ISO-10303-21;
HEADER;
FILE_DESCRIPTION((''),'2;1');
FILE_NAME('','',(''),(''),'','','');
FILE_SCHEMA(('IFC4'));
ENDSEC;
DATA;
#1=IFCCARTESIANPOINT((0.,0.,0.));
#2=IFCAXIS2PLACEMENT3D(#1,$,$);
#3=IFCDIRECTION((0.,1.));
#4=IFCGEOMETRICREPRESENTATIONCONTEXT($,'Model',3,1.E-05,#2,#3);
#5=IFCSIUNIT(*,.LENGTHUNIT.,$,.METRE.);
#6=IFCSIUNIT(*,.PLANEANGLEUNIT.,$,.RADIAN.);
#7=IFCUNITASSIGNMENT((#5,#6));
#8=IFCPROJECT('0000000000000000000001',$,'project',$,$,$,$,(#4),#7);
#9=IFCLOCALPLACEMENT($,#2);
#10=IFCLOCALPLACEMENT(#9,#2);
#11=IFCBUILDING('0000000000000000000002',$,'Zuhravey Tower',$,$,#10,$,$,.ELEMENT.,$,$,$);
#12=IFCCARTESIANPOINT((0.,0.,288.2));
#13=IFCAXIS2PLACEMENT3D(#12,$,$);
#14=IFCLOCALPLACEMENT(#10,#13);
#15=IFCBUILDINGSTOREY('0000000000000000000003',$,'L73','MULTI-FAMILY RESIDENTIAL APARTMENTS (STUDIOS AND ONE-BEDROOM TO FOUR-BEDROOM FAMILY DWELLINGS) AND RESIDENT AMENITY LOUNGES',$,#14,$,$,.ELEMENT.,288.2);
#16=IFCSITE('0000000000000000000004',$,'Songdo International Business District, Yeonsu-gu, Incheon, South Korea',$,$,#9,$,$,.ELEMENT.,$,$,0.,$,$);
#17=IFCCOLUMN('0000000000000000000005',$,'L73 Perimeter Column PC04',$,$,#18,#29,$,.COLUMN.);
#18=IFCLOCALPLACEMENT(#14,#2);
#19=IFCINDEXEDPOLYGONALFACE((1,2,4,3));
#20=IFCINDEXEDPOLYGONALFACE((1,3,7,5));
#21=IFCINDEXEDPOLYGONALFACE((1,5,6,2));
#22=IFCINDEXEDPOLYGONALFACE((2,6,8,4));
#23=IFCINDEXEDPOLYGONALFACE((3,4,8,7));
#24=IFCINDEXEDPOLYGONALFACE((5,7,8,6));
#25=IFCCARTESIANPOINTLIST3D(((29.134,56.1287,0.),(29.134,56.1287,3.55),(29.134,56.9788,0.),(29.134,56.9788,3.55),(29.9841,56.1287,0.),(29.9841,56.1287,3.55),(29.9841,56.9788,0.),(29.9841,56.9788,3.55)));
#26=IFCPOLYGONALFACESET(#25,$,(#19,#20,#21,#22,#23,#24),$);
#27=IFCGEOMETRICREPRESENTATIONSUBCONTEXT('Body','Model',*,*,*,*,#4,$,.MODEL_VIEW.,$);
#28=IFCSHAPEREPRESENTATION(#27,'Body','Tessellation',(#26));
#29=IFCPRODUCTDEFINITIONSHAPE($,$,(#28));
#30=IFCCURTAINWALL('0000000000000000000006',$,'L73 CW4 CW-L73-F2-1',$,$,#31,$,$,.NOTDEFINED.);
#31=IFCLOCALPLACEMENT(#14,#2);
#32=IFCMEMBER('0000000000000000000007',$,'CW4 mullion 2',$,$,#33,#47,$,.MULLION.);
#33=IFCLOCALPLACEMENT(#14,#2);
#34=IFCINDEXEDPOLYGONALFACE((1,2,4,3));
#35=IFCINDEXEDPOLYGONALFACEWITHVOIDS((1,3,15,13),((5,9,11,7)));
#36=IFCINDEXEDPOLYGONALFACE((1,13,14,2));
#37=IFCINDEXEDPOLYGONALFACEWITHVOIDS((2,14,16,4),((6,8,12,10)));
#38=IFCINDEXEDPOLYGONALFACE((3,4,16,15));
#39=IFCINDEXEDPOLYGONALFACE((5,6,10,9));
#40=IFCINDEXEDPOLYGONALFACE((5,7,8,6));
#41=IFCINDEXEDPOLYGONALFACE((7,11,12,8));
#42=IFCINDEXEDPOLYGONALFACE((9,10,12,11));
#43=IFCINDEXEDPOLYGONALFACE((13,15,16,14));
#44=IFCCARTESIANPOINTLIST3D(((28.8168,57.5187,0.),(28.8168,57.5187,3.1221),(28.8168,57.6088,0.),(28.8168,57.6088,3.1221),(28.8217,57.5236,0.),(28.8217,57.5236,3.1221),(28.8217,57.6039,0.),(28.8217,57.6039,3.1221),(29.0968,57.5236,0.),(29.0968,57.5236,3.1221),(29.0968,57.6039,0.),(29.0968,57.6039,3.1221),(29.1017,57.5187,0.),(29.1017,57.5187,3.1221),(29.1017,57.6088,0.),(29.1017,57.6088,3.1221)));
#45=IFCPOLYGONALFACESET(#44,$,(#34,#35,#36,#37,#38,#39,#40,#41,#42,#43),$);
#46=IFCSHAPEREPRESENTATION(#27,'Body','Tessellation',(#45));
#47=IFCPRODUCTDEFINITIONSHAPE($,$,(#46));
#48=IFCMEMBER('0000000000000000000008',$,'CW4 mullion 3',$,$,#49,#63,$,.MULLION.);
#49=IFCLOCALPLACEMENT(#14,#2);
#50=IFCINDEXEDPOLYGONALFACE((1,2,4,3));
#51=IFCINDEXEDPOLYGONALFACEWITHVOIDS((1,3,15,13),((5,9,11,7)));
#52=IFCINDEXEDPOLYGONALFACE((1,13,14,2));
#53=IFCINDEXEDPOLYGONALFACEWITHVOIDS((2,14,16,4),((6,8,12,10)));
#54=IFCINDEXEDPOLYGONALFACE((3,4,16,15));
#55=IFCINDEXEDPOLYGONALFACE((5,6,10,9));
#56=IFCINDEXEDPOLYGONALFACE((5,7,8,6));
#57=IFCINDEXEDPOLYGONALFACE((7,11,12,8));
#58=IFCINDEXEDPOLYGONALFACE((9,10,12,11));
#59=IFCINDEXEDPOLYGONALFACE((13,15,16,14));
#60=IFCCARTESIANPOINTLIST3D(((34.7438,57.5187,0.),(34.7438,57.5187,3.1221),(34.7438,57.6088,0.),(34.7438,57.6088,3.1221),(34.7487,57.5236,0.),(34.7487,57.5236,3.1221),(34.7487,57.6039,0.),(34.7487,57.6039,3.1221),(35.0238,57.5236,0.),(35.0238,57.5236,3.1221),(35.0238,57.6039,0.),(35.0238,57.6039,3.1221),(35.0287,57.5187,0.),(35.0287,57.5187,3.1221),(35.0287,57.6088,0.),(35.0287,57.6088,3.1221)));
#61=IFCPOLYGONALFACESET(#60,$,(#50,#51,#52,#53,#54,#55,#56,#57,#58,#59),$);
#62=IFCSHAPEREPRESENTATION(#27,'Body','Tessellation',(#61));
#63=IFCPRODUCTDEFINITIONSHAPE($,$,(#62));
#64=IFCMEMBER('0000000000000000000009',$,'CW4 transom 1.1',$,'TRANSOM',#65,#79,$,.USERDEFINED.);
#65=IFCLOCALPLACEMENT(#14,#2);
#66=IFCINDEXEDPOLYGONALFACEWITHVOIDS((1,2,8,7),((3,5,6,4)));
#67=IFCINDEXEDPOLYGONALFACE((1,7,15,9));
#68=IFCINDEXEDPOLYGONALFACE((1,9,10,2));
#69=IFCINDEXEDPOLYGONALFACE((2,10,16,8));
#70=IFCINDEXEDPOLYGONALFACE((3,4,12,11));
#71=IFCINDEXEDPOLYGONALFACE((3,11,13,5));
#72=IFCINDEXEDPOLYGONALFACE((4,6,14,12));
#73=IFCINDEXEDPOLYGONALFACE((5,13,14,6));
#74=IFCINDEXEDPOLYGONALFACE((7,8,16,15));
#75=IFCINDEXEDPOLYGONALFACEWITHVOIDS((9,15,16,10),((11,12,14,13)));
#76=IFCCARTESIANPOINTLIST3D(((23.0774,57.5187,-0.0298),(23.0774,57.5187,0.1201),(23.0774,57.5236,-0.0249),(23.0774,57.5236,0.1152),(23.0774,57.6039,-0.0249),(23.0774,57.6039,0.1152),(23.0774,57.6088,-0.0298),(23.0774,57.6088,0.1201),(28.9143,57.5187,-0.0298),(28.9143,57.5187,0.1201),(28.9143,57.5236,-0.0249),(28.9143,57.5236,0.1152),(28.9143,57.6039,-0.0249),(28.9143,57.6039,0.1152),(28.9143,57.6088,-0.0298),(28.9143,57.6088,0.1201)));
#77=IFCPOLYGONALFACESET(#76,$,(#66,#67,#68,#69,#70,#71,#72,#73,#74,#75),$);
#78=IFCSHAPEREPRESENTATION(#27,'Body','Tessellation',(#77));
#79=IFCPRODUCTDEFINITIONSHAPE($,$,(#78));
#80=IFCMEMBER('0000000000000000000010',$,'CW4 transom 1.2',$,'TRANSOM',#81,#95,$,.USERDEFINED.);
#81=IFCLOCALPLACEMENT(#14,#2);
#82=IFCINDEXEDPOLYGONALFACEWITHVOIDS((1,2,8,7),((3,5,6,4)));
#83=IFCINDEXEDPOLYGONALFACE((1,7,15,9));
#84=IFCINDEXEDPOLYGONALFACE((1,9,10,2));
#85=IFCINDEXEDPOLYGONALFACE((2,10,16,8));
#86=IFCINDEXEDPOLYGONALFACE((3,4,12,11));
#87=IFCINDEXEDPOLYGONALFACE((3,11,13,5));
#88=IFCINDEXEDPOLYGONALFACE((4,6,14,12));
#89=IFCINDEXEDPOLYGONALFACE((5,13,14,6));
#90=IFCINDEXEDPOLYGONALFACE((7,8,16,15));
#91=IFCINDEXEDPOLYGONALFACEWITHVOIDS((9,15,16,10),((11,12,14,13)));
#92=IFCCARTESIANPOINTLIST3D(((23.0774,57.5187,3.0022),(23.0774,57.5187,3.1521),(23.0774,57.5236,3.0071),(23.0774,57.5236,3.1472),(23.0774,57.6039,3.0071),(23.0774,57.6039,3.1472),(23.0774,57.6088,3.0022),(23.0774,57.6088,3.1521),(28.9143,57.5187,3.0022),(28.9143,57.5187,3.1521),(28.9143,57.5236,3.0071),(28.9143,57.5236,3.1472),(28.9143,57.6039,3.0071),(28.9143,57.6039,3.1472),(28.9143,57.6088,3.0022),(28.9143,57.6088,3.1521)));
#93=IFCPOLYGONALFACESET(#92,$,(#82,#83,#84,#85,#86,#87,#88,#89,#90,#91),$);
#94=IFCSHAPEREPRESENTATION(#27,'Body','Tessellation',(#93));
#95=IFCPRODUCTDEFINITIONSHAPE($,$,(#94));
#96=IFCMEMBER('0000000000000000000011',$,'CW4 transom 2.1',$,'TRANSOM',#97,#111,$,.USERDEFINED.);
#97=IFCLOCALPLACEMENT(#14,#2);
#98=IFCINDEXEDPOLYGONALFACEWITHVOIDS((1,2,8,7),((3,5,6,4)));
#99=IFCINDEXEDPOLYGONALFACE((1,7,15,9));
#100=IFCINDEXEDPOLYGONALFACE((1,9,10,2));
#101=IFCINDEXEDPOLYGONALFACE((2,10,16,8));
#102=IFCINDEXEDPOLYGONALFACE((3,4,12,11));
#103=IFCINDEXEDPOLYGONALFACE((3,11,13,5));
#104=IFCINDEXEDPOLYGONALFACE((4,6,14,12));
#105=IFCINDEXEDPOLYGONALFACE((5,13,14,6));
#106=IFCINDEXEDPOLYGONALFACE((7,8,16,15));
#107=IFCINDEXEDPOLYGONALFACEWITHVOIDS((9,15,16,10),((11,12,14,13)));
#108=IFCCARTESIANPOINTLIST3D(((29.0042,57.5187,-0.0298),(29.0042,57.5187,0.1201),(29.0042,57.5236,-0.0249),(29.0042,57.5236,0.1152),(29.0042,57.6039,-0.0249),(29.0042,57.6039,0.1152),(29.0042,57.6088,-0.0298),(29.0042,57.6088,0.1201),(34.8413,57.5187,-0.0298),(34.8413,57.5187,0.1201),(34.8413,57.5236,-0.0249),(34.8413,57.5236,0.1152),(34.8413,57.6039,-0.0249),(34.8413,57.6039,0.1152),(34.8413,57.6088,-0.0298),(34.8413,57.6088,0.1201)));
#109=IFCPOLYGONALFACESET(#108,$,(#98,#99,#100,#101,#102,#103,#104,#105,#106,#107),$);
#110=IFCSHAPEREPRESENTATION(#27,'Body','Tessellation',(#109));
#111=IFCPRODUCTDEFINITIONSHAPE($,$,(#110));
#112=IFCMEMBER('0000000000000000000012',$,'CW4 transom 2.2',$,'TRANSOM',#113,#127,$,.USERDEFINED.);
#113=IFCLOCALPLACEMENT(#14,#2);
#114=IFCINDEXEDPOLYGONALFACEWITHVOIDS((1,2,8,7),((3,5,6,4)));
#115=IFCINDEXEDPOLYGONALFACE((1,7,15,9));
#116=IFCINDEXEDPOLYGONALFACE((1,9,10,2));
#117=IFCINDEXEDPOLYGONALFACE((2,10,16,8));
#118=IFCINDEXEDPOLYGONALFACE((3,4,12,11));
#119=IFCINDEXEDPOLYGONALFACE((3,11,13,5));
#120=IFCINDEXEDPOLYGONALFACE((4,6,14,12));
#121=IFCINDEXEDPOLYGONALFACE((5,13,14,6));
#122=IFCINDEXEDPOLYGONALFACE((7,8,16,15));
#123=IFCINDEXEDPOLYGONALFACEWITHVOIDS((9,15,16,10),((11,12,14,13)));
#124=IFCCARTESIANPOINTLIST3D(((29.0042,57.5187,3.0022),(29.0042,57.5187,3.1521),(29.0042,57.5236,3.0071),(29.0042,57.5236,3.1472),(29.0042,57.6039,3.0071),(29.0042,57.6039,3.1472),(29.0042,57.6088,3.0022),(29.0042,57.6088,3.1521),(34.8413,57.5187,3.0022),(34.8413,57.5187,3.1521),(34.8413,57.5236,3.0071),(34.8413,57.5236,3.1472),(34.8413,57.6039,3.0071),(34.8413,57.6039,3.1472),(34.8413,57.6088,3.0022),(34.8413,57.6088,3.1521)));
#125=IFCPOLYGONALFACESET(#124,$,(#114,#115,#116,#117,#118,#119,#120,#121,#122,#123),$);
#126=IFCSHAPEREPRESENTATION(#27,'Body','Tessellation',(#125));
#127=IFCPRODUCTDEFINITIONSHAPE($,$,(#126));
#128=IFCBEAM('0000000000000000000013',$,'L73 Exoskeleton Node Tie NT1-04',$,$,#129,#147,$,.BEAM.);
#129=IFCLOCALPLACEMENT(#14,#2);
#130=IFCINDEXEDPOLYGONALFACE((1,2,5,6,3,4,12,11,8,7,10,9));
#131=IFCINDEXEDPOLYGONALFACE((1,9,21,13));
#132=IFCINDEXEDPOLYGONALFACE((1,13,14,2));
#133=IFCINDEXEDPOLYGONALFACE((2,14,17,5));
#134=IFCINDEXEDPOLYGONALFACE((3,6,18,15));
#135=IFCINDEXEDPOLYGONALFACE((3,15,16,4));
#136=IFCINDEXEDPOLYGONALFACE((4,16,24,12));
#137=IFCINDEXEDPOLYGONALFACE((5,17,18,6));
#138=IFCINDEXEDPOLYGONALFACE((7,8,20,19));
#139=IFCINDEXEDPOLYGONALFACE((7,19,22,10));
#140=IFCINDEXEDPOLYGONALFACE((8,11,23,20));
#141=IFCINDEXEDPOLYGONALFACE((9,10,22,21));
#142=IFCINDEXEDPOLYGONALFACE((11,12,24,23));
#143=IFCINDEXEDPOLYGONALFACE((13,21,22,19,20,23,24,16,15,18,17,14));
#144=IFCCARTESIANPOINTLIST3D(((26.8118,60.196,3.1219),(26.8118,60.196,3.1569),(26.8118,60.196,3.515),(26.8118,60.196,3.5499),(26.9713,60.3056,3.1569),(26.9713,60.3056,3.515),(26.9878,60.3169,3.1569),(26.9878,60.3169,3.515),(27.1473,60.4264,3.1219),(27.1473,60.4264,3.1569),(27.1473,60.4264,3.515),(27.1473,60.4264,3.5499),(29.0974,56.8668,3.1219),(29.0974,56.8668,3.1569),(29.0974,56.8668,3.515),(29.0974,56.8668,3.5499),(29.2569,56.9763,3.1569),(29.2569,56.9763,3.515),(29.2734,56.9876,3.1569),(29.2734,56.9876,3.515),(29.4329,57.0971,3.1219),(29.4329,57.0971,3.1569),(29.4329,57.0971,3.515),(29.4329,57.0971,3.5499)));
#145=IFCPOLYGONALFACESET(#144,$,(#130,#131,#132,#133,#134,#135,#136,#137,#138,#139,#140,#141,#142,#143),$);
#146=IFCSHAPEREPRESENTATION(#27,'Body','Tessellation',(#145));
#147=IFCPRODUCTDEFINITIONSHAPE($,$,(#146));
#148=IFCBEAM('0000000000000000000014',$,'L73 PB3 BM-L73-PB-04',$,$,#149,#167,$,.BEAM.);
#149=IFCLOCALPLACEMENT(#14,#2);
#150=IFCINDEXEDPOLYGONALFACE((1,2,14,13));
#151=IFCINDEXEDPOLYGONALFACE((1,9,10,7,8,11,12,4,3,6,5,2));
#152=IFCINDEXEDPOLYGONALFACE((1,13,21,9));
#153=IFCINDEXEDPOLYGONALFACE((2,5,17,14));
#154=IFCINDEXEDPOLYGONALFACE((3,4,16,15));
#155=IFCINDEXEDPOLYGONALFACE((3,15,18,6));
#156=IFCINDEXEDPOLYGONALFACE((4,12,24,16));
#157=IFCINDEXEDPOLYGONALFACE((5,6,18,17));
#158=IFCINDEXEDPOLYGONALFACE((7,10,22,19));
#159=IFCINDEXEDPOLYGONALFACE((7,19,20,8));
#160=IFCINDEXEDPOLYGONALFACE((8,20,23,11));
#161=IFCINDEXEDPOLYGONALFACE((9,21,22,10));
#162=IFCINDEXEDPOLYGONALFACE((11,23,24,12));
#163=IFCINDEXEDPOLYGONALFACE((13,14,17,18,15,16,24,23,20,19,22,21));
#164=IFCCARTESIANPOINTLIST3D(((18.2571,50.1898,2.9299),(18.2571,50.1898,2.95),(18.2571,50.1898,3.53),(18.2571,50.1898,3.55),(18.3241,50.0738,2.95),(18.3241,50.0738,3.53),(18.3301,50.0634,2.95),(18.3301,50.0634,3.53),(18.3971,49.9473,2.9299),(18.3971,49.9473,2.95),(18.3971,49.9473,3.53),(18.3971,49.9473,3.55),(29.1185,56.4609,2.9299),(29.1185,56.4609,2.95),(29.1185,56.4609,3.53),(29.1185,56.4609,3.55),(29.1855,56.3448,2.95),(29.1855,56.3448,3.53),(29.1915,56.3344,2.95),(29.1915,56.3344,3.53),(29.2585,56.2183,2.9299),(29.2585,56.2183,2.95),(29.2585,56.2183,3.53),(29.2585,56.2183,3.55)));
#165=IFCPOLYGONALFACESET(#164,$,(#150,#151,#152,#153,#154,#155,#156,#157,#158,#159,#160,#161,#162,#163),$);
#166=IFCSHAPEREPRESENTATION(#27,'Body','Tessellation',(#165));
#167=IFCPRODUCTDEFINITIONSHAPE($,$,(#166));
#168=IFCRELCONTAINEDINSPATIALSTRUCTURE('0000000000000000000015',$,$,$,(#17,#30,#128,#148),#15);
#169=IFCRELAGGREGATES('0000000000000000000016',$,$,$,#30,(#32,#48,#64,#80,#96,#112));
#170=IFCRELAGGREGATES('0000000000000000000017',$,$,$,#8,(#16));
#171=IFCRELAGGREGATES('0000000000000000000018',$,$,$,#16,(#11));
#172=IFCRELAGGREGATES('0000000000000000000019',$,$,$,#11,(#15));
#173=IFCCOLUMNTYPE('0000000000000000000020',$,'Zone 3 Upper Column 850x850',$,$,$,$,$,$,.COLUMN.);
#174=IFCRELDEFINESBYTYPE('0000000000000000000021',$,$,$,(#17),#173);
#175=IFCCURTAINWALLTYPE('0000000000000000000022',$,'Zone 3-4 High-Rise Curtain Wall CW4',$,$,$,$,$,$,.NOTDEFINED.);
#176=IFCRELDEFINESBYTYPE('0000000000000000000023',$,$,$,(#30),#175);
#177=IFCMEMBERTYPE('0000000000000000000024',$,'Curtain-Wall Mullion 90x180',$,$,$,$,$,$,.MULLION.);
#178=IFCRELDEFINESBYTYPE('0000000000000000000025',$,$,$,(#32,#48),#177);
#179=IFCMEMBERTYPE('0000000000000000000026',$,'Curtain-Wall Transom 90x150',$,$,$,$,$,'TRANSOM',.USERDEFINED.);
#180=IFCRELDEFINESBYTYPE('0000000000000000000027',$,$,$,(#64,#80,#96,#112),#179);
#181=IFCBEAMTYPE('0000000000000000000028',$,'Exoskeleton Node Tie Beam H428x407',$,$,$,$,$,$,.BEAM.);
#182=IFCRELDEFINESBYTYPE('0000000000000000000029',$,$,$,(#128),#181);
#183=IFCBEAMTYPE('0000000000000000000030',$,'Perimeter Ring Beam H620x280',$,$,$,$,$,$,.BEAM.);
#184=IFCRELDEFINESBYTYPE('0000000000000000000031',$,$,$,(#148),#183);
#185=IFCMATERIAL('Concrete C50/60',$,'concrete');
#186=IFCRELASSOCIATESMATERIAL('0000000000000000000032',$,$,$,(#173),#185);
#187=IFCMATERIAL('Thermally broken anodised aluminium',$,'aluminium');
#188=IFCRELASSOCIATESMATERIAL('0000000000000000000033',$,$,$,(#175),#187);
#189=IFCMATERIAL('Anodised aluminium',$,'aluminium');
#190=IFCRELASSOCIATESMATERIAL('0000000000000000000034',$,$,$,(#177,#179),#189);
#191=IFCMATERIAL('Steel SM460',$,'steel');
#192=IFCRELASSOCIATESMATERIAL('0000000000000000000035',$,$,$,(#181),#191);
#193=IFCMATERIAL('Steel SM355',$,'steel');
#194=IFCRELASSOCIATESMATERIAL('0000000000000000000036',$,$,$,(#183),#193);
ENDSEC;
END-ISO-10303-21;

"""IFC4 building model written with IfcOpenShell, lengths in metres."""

from ifc_helpers import new_model, si_unit, direction, frame, origin, origin_2d, place, context, subcontext, project, spatial, rectangle, hollow_rectangle, i_section, extrude, material, material_profile, profile_set, type_object, element, aggregate, save


model = new_model("IFC4")

# Units and contexts
model_context = context("Model", 3, precision=1e-05, world=origin(), true_north=direction((0.0, 1.0)))
body_context = subcontext(model_context, "Body", "Model", "MODEL_VIEW")
ifc_project = project(units=[si_unit("LENGTHUNIT", "METRE"), si_unit("PLANEANGLEUNIT", "RADIAN")], contexts=[model_context])

# Site, building, storey
site_placement = place(None, origin())
site = spatial("IfcSite", under=ifc_project, at=site_placement, Name="Songdo International Business District, Yeonsu-gu, Incheon, South Korea", CompositionType="ELEMENT", RefElevation=0.0)
building_placement = place(site_placement, origin())
building = spatial("IfcBuilding", under=site, at=building_placement, Name="Zuhravey Tower", CompositionType="ELEMENT")
storey_placement = place(building_placement, frame((0.0, 0.0, 288.2)))
storey = spatial("IfcBuildingStorey", under=building, at=storey_placement, Name="L73", Description="MULTI-FAMILY RESIDENTIAL APARTMENTS (STUDIOS AND ONE-BEDROOM TO FOUR-BEDROOM FAMILY DWELLINGS) AND RESIDENT AMENITY LOUNGES", CompositionType="ELEMENT", Elevation=288.2)

# Column
ifc_material_1 = material(Name="Concrete C50/60", Category="concrete")
ifc_material_profile_1 = material_profile(ifc_material_1, rectangle(XDim=0.8501, YDim=0.8501, at=origin_2d()), Name="RC-850x850")
ifc_profile_set_1 = profile_set([ifc_material_profile_1], Name="Concrete C50/60")
column_type = type_object("IfcColumnType", Name="Zone 3 Upper Column 850x850", PredefinedType="COLUMN", material=ifc_profile_set_1)
column_placement = place(storey_placement, frame((29.5591, 56.5537, 0.0), z_axis=(0.0, 0.0, 1.0), x_axis=(-1.0, 0.0, 0.0)))
element("IfcColumn", 1, at=column_placement, inside=storey, type_object=column_type, Name="L73 Perimeter Column PC04", PredefinedType="COLUMN", context=body_context, shape_type="SweptSolid", body=[
    extrude(rectangle(XDim=0.8501, YDim=0.8501, at=origin_2d()), origin(), (0.0, 0.0, 1.0), 3.55),
])

# Curtain wall, members
ifc_material_2 = material(Name="Thermally broken anodised aluminium", Category="aluminium")
curtain_wall_type = type_object("IfcCurtainWallType", Name="Zone 3-4 High-Rise Curtain Wall CW4", PredefinedType="NOTDEFINED", material=ifc_material_2)
curtain_wall_placement = place(storey_placement, origin())
curtain_wall = element("IfcCurtainWall", 2, at=curtain_wall_placement, inside=storey, type_object=curtain_wall_type, Name="L73 CW4 CW-L73-F2-1", PredefinedType="NOTDEFINED")
ifc_material_3 = material(Name="Anodised aluminium", Category="aluminium")
ifc_material_profile_2 = material_profile(ifc_material_3, hollow_rectangle(XDim=0.0901, YDim=0.2849, WallThickness=0.0049, at=origin_2d()), Name="ALU-RHS-90x285x5")
ifc_profile_set_2 = profile_set([ifc_material_profile_2], Name="Anodised aluminium")
member_type_1 = type_object("IfcMemberType", Name="Curtain-Wall Mullion 90x180", PredefinedType="MULLION", material=ifc_profile_set_2)
member_1_placement = place(storey_placement, frame((28.9592, 57.5637, 0.0), z_axis=(0.0, 0.0, 1.0), x_axis=(0.0, 1.0, 0.0)))
member_1 = element("IfcMember", 3, at=member_1_placement, type_object=member_type_1, Name="CW4 mullion 2", PredefinedType="MULLION", context=body_context, shape_type="SweptSolid", body=[
    extrude(hollow_rectangle(XDim=0.0901, YDim=0.2849, WallThickness=0.0049, at=origin_2d()), origin(), (0.0, 0.0, 1.0), 3.1221),
])
member_2_placement = place(storey_placement, frame((34.8862, 57.5637, 0.0), z_axis=(0.0, 0.0, 1.0), x_axis=(0.0, 1.0, 0.0)))
member_2 = element("IfcMember", 4, at=member_2_placement, type_object=member_type_1, Name="CW4 mullion 3", PredefinedType="MULLION", context=body_context, shape_type="SweptSolid", body=[
    extrude(hollow_rectangle(XDim=0.0901, YDim=0.2849, WallThickness=0.0049, at=origin_2d()), origin(), (0.0, 0.0, 1.0), 3.1221),
])
ifc_material_profile_3 = material_profile(ifc_material_3, hollow_rectangle(XDim=0.0901, YDim=0.1499, WallThickness=0.0049, at=origin_2d()), Name="ALU-RHS-90x150x5")
ifc_profile_set_3 = profile_set([ifc_material_profile_3], Name="Anodised aluminium")
member_type_2 = type_object("IfcMemberType", Name="Curtain-Wall Transom 90x150", ElementType="TRANSOM", PredefinedType="USERDEFINED", material=ifc_profile_set_3)
member_3_placement = place(storey_placement, frame((23.0774, 57.5637, 0.0452), z_axis=(1.0, 0.0, 0.0), x_axis=(0.0, 1.0, 0.0)))
member_3 = element("IfcMember", 5, at=member_3_placement, type_object=member_type_2, Name="CW4 transom 1.1", ObjectType="TRANSOM", PredefinedType="USERDEFINED", context=body_context, shape_type="SweptSolid", body=[
    extrude(hollow_rectangle(XDim=0.0901, YDim=0.1499, WallThickness=0.0049, at=origin_2d()), origin(), (0.0, 0.0, 1.0), 5.8369),
])
member_4_placement = place(storey_placement, frame((23.0774, 57.5637, 3.0771), z_axis=(1.0, 0.0, 0.0), x_axis=(0.0, 1.0, 0.0)))
member_4 = element("IfcMember", 6, at=member_4_placement, type_object=member_type_2, Name="CW4 transom 1.2", ObjectType="TRANSOM", PredefinedType="USERDEFINED", context=body_context, shape_type="SweptSolid", body=[
    extrude(hollow_rectangle(XDim=0.0901, YDim=0.1499, WallThickness=0.0049, at=origin_2d()), origin(), (0.0, 0.0, 1.0), 5.8369),
])
member_5_placement = place(storey_placement, frame((29.0042, 57.5637, 0.0452), z_axis=(1.0, 0.0, 0.0), x_axis=(0.0, 1.0, 0.0)))
member_5 = element("IfcMember", 7, at=member_5_placement, type_object=member_type_2, Name="CW4 transom 2.1", ObjectType="TRANSOM", PredefinedType="USERDEFINED", context=body_context, shape_type="SweptSolid", body=[
    extrude(hollow_rectangle(XDim=0.0901, YDim=0.1499, WallThickness=0.0049, at=origin_2d()), origin(), (0.0, 0.0, 1.0), 5.8372),
])
member_6_placement = place(storey_placement, frame((29.0042, 57.5637, 3.0771), z_axis=(1.0, 0.0, 0.0), x_axis=(0.0, 1.0, 0.0)))
member_6 = element("IfcMember", 8, at=member_6_placement, type_object=member_type_2, Name="CW4 transom 2.2", ObjectType="TRANSOM", PredefinedType="USERDEFINED", context=body_context, shape_type="SweptSolid", body=[
    extrude(hollow_rectangle(XDim=0.0901, YDim=0.1499, WallThickness=0.0049, at=origin_2d()), origin(), (0.0, 0.0, 1.0), 5.8372),
])

# Beams
ifc_material_4 = material(Name="Steel SM460", Category="steel")
ifc_material_profile_4 = material_profile(ifc_material_4, i_section(OverallWidth=0.407, OverallDepth=0.428, WebThickness=0.02, FlangeThickness=0.0349, at=origin_2d()), Name="H-428x407x20x35")
ifc_profile_set_4 = profile_set([ifc_material_profile_4], Name="Steel SM460")
beam_type_1 = type_object("IfcBeamType", Name="Exoskeleton Node Tie Beam H428x407", PredefinedType="BEAM", material=ifc_profile_set_4)
beam_1_placement = place(storey_placement, frame((29.2651, 56.9819, 3.3359), z_axis=(-0.565977, 0.824421, 0.0), x_axis=(-0.824421, -0.565977, 0.0)))
element("IfcBeam", 9, at=beam_1_placement, inside=storey, type_object=beam_type_1, Name="L73 Exoskeleton Node Tie NT1-04", PredefinedType="BEAM", context=body_context, shape_type="SweptSolid", body=[
    extrude(i_section(OverallWidth=0.407, OverallDepth=0.428, WebThickness=0.02, FlangeThickness=0.0349, at=origin_2d()), origin(), (0.0, 0.0, 1.0), 4.0383),
])
ifc_material_5 = material(Name="Steel SM355", Category="steel")
ifc_material_profile_5 = material_profile(ifc_material_5, i_section(OverallWidth=0.28, OverallDepth=0.6201, WebThickness=0.012, FlangeThickness=0.02, at=origin_2d()), Name="H-620x280x12x20")
ifc_profile_set_5 = profile_set([ifc_material_profile_5], Name="Steel SM355")
beam_type_2 = type_object("IfcBeamType", Name="Perimeter Ring Beam H620x280", PredefinedType="BEAM", material=ifc_profile_set_5)
beam_2_placement = place(storey_placement, frame((29.1885, 56.3396, 3.24), z_axis=(-0.866018, -0.500012, 0.0), x_axis=(0.500012, -0.866018, 0.0)))
element("IfcBeam", 10, at=beam_2_placement, inside=storey, type_object=beam_type_2, Name="L73 PB3 BM-L73-PB-04", PredefinedType="BEAM", context=body_context, shape_type="SweptSolid", body=[
    extrude(i_section(OverallWidth=0.28, OverallDepth=0.6201, WebThickness=0.012, FlangeThickness=0.02, at=origin_2d()), origin(), (0.0, 0.0, 1.0), 12.5417),
])

aggregate(curtain_wall, [member_1, member_2, member_3, member_4, member_5, member_6])

save(model, "model.ifc")
